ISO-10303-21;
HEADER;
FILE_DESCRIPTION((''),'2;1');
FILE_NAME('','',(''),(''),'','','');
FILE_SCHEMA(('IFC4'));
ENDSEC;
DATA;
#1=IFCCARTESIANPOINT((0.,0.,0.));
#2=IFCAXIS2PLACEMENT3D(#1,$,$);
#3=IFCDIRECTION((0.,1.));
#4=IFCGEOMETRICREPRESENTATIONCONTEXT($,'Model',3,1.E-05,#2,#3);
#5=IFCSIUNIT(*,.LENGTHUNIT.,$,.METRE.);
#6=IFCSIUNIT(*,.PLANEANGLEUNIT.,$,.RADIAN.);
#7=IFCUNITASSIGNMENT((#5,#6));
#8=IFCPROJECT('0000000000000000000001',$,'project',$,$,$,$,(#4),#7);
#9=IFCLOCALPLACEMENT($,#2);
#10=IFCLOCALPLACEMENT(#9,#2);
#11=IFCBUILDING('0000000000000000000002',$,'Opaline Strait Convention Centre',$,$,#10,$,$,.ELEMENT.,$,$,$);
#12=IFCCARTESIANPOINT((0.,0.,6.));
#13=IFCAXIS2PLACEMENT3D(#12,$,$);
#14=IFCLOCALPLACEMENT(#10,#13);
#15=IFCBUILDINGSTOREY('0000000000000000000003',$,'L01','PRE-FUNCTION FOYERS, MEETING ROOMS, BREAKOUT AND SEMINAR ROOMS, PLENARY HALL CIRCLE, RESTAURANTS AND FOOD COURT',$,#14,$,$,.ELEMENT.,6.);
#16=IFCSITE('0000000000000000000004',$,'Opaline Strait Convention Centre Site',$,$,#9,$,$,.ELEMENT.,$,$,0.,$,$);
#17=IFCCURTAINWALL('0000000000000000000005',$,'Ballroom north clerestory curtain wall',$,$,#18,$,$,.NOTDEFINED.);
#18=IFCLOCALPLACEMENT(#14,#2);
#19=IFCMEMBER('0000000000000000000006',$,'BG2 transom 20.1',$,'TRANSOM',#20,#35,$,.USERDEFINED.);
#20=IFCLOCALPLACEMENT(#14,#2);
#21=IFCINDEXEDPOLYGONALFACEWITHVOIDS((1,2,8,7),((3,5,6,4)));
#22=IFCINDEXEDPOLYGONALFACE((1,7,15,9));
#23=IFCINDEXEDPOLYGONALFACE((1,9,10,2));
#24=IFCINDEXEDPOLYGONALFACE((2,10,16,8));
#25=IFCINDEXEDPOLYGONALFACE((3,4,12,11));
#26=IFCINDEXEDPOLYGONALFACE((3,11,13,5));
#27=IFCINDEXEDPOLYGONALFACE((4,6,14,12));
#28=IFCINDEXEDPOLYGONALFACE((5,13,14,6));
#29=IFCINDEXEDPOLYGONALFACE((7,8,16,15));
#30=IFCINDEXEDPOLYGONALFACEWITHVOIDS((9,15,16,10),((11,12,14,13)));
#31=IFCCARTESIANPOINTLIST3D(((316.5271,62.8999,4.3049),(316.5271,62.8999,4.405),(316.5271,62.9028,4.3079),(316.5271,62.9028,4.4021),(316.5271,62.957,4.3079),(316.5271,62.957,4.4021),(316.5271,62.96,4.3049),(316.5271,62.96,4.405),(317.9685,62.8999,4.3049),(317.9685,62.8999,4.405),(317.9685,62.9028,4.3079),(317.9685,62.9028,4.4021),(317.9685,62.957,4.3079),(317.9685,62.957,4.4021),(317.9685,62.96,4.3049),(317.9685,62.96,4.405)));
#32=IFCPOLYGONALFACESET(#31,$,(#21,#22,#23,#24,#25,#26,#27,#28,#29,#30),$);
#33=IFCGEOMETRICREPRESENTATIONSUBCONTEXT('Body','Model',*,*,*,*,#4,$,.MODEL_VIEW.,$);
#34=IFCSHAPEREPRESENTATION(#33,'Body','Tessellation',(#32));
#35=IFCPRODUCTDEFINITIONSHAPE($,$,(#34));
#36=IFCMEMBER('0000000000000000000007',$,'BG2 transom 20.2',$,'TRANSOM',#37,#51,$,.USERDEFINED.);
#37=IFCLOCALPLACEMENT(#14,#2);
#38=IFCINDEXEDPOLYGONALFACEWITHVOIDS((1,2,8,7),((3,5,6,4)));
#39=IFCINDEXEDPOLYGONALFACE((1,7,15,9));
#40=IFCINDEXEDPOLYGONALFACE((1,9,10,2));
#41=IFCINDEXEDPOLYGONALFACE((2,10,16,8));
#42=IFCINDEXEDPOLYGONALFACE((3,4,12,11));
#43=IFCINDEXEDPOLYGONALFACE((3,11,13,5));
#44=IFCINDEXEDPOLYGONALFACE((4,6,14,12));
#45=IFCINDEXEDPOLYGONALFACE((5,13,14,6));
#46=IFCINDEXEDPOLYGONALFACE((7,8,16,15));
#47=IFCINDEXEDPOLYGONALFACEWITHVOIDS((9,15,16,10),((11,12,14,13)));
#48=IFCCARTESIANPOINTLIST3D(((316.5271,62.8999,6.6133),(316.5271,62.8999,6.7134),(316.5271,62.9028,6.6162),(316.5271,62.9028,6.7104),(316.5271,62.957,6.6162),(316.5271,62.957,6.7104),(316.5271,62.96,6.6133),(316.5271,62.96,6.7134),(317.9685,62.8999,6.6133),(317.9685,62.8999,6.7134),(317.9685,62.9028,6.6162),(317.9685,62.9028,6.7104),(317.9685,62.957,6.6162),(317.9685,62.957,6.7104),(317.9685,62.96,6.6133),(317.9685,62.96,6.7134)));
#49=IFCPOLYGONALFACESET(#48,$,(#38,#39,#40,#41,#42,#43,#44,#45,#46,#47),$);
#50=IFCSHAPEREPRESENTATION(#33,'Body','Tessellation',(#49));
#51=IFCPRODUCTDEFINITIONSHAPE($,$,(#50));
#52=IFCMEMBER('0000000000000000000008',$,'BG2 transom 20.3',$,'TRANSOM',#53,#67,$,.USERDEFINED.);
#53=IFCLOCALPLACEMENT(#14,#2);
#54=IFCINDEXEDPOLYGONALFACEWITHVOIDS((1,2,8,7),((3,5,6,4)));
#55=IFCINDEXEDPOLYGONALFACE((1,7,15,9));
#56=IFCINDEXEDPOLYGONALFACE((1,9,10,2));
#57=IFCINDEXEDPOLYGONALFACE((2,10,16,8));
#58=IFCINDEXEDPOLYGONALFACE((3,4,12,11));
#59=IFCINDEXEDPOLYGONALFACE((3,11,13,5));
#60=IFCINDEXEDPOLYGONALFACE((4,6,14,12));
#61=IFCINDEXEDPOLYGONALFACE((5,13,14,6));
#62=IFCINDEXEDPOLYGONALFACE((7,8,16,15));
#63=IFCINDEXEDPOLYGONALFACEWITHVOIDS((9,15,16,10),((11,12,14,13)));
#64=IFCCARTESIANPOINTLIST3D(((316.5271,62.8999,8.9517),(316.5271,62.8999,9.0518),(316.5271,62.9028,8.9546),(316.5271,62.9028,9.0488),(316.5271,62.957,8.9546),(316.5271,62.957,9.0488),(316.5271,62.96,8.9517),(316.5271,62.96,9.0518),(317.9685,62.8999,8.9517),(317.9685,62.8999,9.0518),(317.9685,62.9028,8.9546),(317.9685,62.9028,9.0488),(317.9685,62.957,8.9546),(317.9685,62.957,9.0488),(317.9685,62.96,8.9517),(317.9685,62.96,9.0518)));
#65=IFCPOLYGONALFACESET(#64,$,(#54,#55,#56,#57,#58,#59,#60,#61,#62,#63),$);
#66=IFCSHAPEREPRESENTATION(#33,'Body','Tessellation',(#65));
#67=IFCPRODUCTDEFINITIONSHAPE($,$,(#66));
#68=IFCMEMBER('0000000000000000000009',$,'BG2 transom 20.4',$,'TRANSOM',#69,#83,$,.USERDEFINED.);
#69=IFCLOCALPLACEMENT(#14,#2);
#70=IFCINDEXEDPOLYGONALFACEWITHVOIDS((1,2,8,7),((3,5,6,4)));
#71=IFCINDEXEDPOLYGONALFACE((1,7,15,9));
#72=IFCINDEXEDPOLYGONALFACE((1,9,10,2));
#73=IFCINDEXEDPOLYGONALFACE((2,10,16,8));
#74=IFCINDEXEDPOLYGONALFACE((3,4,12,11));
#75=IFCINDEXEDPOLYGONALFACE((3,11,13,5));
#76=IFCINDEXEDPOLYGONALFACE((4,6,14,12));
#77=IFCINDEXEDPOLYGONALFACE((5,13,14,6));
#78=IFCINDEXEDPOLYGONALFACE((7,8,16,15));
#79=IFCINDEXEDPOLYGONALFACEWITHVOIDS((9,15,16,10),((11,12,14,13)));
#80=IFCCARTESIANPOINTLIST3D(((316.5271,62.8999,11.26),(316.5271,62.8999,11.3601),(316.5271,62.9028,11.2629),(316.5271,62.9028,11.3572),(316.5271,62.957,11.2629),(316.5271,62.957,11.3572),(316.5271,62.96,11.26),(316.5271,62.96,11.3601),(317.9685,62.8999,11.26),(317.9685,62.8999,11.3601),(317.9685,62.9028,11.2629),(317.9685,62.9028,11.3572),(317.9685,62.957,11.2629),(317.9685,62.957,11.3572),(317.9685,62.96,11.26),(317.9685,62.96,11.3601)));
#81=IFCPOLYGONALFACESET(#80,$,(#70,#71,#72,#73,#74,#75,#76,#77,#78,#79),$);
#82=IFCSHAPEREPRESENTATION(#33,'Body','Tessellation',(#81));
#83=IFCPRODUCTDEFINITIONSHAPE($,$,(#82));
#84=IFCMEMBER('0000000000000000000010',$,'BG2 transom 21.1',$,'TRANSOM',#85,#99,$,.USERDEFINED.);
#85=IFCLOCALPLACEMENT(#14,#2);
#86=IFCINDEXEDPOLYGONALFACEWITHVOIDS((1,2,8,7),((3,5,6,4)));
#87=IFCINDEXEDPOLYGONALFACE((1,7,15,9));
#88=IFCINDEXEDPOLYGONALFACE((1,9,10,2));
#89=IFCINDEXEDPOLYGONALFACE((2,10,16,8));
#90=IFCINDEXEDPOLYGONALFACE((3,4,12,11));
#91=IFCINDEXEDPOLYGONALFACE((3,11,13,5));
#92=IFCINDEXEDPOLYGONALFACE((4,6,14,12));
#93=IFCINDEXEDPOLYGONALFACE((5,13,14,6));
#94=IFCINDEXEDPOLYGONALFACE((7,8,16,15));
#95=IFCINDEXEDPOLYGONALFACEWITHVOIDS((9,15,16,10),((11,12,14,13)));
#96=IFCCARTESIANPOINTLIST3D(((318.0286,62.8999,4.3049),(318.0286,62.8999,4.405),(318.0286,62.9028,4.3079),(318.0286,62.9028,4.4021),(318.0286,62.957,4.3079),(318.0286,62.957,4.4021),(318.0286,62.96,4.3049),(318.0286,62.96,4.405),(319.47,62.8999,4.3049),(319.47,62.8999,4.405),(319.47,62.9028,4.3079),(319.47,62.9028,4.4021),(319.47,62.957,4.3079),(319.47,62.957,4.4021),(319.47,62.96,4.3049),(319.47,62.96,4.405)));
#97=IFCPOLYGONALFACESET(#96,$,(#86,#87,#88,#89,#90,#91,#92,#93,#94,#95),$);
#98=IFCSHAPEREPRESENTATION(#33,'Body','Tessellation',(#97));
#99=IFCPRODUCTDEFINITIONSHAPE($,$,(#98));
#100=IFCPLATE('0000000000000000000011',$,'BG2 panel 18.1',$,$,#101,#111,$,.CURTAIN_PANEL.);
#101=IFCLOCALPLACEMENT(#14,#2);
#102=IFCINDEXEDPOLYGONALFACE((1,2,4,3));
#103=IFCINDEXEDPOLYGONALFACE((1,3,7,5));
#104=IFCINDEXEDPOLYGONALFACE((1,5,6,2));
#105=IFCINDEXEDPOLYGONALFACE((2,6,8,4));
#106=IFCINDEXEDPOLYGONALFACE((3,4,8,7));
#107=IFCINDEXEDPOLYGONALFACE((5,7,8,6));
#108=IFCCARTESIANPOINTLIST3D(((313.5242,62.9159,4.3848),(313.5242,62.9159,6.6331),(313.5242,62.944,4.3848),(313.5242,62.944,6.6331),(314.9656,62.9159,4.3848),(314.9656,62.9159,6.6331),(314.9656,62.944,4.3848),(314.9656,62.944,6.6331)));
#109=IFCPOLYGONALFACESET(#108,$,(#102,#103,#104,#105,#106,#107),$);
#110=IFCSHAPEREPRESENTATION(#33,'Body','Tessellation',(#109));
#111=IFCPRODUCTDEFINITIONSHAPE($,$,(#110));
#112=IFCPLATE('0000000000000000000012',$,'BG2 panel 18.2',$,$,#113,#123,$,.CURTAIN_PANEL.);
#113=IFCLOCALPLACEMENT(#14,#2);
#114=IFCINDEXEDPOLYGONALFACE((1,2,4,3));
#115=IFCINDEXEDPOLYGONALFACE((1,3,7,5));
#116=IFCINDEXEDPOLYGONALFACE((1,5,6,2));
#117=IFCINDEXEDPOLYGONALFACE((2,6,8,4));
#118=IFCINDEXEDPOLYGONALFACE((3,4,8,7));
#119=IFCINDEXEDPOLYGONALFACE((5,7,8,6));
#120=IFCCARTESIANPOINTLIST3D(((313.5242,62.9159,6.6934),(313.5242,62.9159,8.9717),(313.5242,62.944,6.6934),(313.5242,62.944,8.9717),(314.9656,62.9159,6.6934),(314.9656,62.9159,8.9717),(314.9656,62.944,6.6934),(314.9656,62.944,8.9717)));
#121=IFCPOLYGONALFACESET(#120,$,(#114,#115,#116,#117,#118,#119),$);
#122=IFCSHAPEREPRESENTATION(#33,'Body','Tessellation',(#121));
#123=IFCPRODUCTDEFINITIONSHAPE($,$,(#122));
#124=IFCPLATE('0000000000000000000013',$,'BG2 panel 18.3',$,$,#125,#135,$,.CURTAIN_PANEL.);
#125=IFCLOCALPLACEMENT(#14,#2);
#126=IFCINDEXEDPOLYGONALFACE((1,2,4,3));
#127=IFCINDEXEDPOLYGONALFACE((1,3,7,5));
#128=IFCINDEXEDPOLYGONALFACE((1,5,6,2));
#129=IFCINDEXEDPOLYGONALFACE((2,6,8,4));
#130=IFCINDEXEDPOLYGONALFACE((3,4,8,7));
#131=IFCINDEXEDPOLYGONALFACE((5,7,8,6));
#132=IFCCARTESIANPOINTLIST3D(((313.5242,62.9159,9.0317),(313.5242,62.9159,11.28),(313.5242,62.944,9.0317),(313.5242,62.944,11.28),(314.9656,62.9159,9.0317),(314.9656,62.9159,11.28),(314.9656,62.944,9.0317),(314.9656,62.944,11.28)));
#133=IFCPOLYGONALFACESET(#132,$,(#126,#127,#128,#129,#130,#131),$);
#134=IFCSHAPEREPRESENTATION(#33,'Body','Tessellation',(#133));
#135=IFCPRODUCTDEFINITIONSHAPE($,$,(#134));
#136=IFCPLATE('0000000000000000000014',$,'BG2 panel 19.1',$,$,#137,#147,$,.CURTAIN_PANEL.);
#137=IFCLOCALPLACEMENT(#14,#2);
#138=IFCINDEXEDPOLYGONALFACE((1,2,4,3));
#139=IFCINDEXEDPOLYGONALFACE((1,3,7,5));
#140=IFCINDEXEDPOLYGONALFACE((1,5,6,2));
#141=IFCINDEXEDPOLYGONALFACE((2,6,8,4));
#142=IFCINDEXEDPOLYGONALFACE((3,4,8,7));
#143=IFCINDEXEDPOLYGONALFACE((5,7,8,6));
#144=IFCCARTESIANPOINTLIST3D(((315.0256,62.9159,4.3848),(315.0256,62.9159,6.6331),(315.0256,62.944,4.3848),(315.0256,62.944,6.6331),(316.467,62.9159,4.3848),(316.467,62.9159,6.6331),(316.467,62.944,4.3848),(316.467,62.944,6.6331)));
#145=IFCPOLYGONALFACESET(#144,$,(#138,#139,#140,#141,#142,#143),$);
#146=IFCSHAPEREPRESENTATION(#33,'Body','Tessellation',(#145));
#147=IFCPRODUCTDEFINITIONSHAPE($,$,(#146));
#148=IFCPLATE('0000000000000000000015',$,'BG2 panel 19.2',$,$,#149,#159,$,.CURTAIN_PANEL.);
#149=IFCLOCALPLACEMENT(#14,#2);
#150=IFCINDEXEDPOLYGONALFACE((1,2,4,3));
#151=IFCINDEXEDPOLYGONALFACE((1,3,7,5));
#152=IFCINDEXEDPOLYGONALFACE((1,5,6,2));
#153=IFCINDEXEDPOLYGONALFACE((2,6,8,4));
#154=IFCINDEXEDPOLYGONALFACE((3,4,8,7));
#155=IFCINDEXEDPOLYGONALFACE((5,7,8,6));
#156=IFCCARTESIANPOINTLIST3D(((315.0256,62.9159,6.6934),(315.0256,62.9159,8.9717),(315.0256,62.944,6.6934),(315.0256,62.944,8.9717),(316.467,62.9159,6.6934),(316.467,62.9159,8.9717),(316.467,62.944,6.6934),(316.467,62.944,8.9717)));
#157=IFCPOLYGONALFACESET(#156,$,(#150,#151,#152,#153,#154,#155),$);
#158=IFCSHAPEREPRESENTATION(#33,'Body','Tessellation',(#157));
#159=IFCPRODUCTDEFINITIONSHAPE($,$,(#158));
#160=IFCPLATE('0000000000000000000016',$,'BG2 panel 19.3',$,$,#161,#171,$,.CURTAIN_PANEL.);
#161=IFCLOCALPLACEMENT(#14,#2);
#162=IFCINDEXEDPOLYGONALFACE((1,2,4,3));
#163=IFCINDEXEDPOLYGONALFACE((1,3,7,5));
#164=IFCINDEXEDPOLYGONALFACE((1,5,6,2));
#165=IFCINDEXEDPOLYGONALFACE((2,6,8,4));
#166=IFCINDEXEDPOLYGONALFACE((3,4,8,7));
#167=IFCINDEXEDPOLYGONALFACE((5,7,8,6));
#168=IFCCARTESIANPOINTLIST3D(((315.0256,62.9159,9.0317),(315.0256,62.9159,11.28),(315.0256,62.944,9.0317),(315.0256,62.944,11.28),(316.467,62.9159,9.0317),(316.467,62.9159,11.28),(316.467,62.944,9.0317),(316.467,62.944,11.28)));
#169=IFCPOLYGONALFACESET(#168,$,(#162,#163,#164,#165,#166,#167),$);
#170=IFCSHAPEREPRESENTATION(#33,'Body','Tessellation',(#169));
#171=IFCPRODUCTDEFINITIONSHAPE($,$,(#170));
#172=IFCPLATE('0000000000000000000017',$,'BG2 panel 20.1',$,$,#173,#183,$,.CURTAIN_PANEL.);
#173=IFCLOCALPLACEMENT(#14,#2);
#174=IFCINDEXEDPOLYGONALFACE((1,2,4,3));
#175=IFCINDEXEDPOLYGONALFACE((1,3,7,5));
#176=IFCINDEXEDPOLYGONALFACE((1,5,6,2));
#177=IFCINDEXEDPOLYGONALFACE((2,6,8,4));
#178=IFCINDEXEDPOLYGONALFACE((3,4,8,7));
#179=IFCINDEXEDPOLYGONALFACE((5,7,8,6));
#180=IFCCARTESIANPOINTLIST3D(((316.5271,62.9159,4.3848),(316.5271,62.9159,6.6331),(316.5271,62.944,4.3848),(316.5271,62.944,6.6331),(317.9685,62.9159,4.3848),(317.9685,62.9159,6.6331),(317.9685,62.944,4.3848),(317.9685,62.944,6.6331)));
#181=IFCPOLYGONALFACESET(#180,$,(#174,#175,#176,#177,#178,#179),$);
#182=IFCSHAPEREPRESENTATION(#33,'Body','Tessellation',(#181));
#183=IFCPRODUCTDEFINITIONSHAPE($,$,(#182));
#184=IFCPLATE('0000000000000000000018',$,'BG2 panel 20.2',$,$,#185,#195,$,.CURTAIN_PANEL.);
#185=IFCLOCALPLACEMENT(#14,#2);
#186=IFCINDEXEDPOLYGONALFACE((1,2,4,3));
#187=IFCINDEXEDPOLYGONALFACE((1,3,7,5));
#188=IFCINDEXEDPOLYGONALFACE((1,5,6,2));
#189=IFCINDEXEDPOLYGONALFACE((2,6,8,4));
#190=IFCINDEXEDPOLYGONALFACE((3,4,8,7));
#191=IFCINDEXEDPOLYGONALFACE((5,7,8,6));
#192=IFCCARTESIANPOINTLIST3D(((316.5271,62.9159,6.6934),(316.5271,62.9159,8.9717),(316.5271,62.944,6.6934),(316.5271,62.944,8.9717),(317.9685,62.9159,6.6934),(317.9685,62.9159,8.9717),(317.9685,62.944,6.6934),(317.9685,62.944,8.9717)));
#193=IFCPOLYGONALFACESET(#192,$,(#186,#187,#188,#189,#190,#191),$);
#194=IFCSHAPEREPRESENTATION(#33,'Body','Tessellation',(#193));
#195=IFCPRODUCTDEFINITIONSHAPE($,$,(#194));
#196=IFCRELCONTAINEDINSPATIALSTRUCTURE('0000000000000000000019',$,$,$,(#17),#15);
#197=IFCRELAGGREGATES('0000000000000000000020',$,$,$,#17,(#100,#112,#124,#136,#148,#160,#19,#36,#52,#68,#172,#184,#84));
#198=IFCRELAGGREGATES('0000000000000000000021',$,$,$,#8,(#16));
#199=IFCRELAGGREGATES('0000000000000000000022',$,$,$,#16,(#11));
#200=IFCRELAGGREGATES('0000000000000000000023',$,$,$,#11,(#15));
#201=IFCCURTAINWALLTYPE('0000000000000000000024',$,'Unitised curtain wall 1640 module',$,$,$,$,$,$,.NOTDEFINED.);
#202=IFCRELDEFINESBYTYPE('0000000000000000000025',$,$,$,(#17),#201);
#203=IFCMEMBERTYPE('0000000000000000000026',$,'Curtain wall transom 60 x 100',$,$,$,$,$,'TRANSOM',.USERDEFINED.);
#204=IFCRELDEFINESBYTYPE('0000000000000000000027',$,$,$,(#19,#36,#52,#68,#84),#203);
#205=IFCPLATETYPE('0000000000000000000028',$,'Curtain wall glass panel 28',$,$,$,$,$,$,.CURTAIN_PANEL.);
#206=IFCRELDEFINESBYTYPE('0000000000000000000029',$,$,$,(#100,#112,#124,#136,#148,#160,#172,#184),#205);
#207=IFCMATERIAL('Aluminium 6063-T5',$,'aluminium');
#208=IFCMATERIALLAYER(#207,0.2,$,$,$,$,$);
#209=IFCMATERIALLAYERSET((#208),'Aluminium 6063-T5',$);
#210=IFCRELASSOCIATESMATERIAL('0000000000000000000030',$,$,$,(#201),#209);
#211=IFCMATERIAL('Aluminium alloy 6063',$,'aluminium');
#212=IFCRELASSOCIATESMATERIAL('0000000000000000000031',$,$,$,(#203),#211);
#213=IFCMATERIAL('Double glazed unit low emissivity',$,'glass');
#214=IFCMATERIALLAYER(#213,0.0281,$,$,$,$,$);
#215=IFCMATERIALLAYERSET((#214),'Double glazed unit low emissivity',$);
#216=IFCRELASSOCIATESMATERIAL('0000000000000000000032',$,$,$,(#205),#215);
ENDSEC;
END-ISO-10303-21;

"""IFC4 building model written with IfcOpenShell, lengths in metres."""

from ifc_helpers import new_model, si_unit, direction, frame, origin, origin_2d, place, context, subcontext, project, spatial, rectangle, hollow_rectangle, extrude, material, layer, layer_set, material_profile, profile_set, type_object, element, aggregate, save


model = new_model("IFC4")

# Units and contexts
model_context = context("Model", 3, precision=1e-05, world=origin(), true_north=direction((0.0, 1.0)))
body_context = subcontext(model_context, "Body", "Model", "MODEL_VIEW")
ifc_project = project(units=[si_unit("LENGTHUNIT", "METRE"), si_unit("PLANEANGLEUNIT", "RADIAN")], contexts=[model_context])

# Site, building, storey
site_placement = place(None, origin())
site = spatial("IfcSite", under=ifc_project, at=site_placement, Name="Opaline Strait Convention Centre Site", CompositionType="ELEMENT", RefElevation=0.0)
building_placement = place(site_placement, origin())
building = spatial("IfcBuilding", under=site, at=building_placement, Name="Opaline Strait Convention Centre", CompositionType="ELEMENT")
storey_placement = place(building_placement, frame((0.0, 0.0, 6.0)))
storey = spatial("IfcBuildingStorey", under=building, at=storey_placement, Name="L01", Description="PRE-FUNCTION FOYERS, MEETING ROOMS, BREAKOUT AND SEMINAR ROOMS, PLENARY HALL CIRCLE, RESTAURANTS AND FOOD COURT", CompositionType="ELEMENT", Elevation=6.0)

# Curtain wall, members, plates
ifc_material_1 = material(Name="Aluminium 6063-T5", Category="aluminium")
ifc_layer_1 = layer(ifc_material_1, 0.2)
ifc_layer_set_1 = layer_set([ifc_layer_1], Name="Aluminium 6063-T5")
curtain_wall_type = type_object("IfcCurtainWallType", Name="Unitised curtain wall 1640 module", PredefinedType="NOTDEFINED", material=ifc_layer_set_1)
curtain_wall_placement = place(storey_placement, origin())
curtain_wall = element("IfcCurtainWall", 1, at=curtain_wall_placement, inside=storey, type_object=curtain_wall_type, Name="Ballroom north clerestory curtain wall", PredefinedType="NOTDEFINED")
ifc_material_2 = material(Name="Aluminium alloy 6063", Category="aluminium")
ifc_material_profile_1 = material_profile(ifc_material_2, hollow_rectangle(XDim=0.0601, YDim=0.1001, WallThickness=0.0029, at=origin_2d()), Name="TRANSOM 60x100x3")
ifc_profile_set_1 = profile_set([ifc_material_profile_1], Name="Aluminium alloy 6063")
member_type_1 = type_object("IfcMemberType", Name="Curtain wall transom 60 x 100", ElementType="TRANSOM", PredefinedType="USERDEFINED", material=ifc_profile_set_1)
member_1_placement = place(storey_placement, frame((316.5271, 62.9299, 4.355), z_axis=(1.0, 0.0, 0.0), x_axis=(0.0, 1.0, 0.0)))
member_1 = element("IfcMember", 2, at=member_1_placement, type_object=member_type_1, Name="BG2 transom 20.1", ObjectType="TRANSOM", PredefinedType="USERDEFINED", context=body_context, shape_type="SweptSolid", body=[
    extrude(hollow_rectangle(XDim=0.0601, YDim=0.1001, WallThickness=0.0029, at=origin_2d()), origin(), (0.0, 0.0, 1.0), 1.4414),
])
member_2_placement = place(storey_placement, frame((316.5271, 62.9299, 6.6633), z_axis=(1.0, 0.0, 0.0), x_axis=(0.0, 1.0, 0.0)))
member_2 = element("IfcMember", 3, at=member_2_placement, type_object=member_type_1, Name="BG2 transom 20.2", ObjectType="TRANSOM", PredefinedType="USERDEFINED", context=body_context, shape_type="SweptSolid", body=[
    extrude(hollow_rectangle(XDim=0.0601, YDim=0.1001, WallThickness=0.0029, at=origin_2d()), origin(), (0.0, 0.0, 1.0), 1.4414),
])
member_3_placement = place(storey_placement, frame((316.5271, 62.9299, 9.0017), z_axis=(1.0, 0.0, 0.0), x_axis=(0.0, 1.0, 0.0)))
member_3 = element("IfcMember", 4, at=member_3_placement, type_object=member_type_1, Name="BG2 transom 20.3", ObjectType="TRANSOM", PredefinedType="USERDEFINED", context=body_context, shape_type="SweptSolid", body=[
    extrude(hollow_rectangle(XDim=0.0601, YDim=0.1001, WallThickness=0.0029, at=origin_2d()), origin(), (0.0, 0.0, 1.0), 1.4414),
])
member_4_placement = place(storey_placement, frame((316.5271, 62.9299, 11.3101), z_axis=(1.0, 0.0, 0.0), x_axis=(0.0, 1.0, 0.0)))
member_4 = element("IfcMember", 5, at=member_4_placement, type_object=member_type_1, Name="BG2 transom 20.4", ObjectType="TRANSOM", PredefinedType="USERDEFINED", context=body_context, shape_type="SweptSolid", body=[
    extrude(hollow_rectangle(XDim=0.0601, YDim=0.1001, WallThickness=0.0029, at=origin_2d()), origin(), (0.0, 0.0, 1.0), 1.4414),
])
member_5_placement = place(storey_placement, frame((318.0286, 62.9299, 4.355), z_axis=(1.0, 0.0, 0.0), x_axis=(0.0, 1.0, 0.0)))
member_5 = element("IfcMember", 6, at=member_5_placement, type_object=member_type_1, Name="BG2 transom 21.1", ObjectType="TRANSOM", PredefinedType="USERDEFINED", context=body_context, shape_type="SweptSolid", body=[
    extrude(hollow_rectangle(XDim=0.0601, YDim=0.1001, WallThickness=0.0029, at=origin_2d()), origin(), (0.0, 0.0, 1.0), 1.4414),
])
ifc_material_3 = material(Name="Double glazed unit low emissivity", Category="glass")
ifc_layer_2 = layer(ifc_material_3, 0.0281)
ifc_layer_set_2 = layer_set([ifc_layer_2], Name="Double glazed unit low emissivity")
plate_type = type_object("IfcPlateType", Name="Curtain wall glass panel 28", PredefinedType="CURTAIN_PANEL", material=ifc_layer_set_2)
plate_1_placement = place(storey_placement, frame((314.2449, 62.9299, 4.3848), z_axis=(0.0, 0.0, 1.0), x_axis=(1.0, 0.0, 0.0)))
plate_1 = element("IfcPlate", 7, at=plate_1_placement, type_object=plate_type, Name="BG2 panel 18.1", PredefinedType="CURTAIN_PANEL", context=body_context, shape_type="SweptSolid", body=[
    extrude(rectangle(XDim=1.4414, YDim=0.0281, at=origin_2d()), origin(), (0.0, 0.0, 1.0), 2.2483),
])
plate_2_placement = place(storey_placement, frame((314.2449, 62.9299, 6.6934), z_axis=(0.0, 0.0, 1.0), x_axis=(1.0, 0.0, 0.0)))
plate_2 = element("IfcPlate", 8, at=plate_2_placement, type_object=plate_type, Name="BG2 panel 18.2", PredefinedType="CURTAIN_PANEL", context=body_context, shape_type="SweptSolid", body=[
    extrude(rectangle(XDim=1.4414, YDim=0.0281, at=origin_2d()), origin(), (0.0, 0.0, 1.0), 2.2783),
])
plate_3_placement = place(storey_placement, frame((314.2449, 62.9299, 9.0317), z_axis=(0.0, 0.0, 1.0), x_axis=(1.0, 0.0, 0.0)))
plate_3 = element("IfcPlate", 9, at=plate_3_placement, type_object=plate_type, Name="BG2 panel 18.3", PredefinedType="CURTAIN_PANEL", context=body_context, shape_type="SweptSolid", body=[
    extrude(rectangle(XDim=1.4414, YDim=0.0281, at=origin_2d()), origin(), (0.0, 0.0, 1.0), 2.2483),
])
plate_4_placement = place(storey_placement, frame((315.7463, 62.9299, 4.3848), z_axis=(0.0, 0.0, 1.0), x_axis=(1.0, 0.0, 0.0)))
plate_4 = element("IfcPlate", 10, at=plate_4_placement, type_object=plate_type, Name="BG2 panel 19.1", PredefinedType="CURTAIN_PANEL", context=body_context, shape_type="SweptSolid", body=[
    extrude(rectangle(XDim=1.4414, YDim=0.0281, at=origin_2d()), origin(), (0.0, 0.0, 1.0), 2.2483),
])
plate_5_placement = place(storey_placement, frame((315.7463, 62.9299, 6.6934), z_axis=(0.0, 0.0, 1.0), x_axis=(1.0, 0.0, 0.0)))
plate_5 = element("IfcPlate", 11, at=plate_5_placement, type_object=plate_type, Name="BG2 panel 19.2", PredefinedType="CURTAIN_PANEL", context=body_context, shape_type="SweptSolid", body=[
    extrude(rectangle(XDim=1.4414, YDim=0.0281, at=origin_2d()), origin(), (0.0, 0.0, 1.0), 2.2783),
])
plate_6_placement = place(storey_placement, frame((315.7463, 62.9299, 9.0317), z_axis=(0.0, 0.0, 1.0), x_axis=(1.0, 0.0, 0.0)))
plate_6 = element("IfcPlate", 12, at=plate_6_placement, type_object=plate_type, Name="BG2 panel 19.3", PredefinedType="CURTAIN_PANEL", context=body_context, shape_type="SweptSolid", body=[
    extrude(rectangle(XDim=1.4414, YDim=0.0281, at=origin_2d()), origin(), (0.0, 0.0, 1.0), 2.2483),
])
plate_7_placement = place(storey_placement, frame((317.2478, 62.9299, 4.3848), z_axis=(0.0, 0.0, 1.0), x_axis=(1.0, 0.0, 0.0)))
plate_7 = element("IfcPlate", 13, at=plate_7_placement, type_object=plate_type, Name="BG2 panel 20.1", PredefinedType="CURTAIN_PANEL", context=body_context, shape_type="SweptSolid", body=[
    extrude(rectangle(XDim=1.4414, YDim=0.0281, at=origin_2d()), origin(), (0.0, 0.0, 1.0), 2.2483),
])
plate_8_placement = place(storey_placement, frame((317.2478, 62.9299, 6.6934), z_axis=(0.0, 0.0, 1.0), x_axis=(1.0, 0.0, 0.0)))
plate_8 = element("IfcPlate", 14, at=plate_8_placement, type_object=plate_type, Name="BG2 panel 20.2", PredefinedType="CURTAIN_PANEL", context=body_context, shape_type="SweptSolid", body=[
    extrude(rectangle(XDim=1.4414, YDim=0.0281, at=origin_2d()), origin(), (0.0, 0.0, 1.0), 2.2783),
])
aggregate(curtain_wall, [plate_1, plate_2, plate_3, plate_4, plate_5, plate_6, member_1, member_2, member_3, member_4, plate_7, plate_8, member_5])

save(model, "model.ifc")
